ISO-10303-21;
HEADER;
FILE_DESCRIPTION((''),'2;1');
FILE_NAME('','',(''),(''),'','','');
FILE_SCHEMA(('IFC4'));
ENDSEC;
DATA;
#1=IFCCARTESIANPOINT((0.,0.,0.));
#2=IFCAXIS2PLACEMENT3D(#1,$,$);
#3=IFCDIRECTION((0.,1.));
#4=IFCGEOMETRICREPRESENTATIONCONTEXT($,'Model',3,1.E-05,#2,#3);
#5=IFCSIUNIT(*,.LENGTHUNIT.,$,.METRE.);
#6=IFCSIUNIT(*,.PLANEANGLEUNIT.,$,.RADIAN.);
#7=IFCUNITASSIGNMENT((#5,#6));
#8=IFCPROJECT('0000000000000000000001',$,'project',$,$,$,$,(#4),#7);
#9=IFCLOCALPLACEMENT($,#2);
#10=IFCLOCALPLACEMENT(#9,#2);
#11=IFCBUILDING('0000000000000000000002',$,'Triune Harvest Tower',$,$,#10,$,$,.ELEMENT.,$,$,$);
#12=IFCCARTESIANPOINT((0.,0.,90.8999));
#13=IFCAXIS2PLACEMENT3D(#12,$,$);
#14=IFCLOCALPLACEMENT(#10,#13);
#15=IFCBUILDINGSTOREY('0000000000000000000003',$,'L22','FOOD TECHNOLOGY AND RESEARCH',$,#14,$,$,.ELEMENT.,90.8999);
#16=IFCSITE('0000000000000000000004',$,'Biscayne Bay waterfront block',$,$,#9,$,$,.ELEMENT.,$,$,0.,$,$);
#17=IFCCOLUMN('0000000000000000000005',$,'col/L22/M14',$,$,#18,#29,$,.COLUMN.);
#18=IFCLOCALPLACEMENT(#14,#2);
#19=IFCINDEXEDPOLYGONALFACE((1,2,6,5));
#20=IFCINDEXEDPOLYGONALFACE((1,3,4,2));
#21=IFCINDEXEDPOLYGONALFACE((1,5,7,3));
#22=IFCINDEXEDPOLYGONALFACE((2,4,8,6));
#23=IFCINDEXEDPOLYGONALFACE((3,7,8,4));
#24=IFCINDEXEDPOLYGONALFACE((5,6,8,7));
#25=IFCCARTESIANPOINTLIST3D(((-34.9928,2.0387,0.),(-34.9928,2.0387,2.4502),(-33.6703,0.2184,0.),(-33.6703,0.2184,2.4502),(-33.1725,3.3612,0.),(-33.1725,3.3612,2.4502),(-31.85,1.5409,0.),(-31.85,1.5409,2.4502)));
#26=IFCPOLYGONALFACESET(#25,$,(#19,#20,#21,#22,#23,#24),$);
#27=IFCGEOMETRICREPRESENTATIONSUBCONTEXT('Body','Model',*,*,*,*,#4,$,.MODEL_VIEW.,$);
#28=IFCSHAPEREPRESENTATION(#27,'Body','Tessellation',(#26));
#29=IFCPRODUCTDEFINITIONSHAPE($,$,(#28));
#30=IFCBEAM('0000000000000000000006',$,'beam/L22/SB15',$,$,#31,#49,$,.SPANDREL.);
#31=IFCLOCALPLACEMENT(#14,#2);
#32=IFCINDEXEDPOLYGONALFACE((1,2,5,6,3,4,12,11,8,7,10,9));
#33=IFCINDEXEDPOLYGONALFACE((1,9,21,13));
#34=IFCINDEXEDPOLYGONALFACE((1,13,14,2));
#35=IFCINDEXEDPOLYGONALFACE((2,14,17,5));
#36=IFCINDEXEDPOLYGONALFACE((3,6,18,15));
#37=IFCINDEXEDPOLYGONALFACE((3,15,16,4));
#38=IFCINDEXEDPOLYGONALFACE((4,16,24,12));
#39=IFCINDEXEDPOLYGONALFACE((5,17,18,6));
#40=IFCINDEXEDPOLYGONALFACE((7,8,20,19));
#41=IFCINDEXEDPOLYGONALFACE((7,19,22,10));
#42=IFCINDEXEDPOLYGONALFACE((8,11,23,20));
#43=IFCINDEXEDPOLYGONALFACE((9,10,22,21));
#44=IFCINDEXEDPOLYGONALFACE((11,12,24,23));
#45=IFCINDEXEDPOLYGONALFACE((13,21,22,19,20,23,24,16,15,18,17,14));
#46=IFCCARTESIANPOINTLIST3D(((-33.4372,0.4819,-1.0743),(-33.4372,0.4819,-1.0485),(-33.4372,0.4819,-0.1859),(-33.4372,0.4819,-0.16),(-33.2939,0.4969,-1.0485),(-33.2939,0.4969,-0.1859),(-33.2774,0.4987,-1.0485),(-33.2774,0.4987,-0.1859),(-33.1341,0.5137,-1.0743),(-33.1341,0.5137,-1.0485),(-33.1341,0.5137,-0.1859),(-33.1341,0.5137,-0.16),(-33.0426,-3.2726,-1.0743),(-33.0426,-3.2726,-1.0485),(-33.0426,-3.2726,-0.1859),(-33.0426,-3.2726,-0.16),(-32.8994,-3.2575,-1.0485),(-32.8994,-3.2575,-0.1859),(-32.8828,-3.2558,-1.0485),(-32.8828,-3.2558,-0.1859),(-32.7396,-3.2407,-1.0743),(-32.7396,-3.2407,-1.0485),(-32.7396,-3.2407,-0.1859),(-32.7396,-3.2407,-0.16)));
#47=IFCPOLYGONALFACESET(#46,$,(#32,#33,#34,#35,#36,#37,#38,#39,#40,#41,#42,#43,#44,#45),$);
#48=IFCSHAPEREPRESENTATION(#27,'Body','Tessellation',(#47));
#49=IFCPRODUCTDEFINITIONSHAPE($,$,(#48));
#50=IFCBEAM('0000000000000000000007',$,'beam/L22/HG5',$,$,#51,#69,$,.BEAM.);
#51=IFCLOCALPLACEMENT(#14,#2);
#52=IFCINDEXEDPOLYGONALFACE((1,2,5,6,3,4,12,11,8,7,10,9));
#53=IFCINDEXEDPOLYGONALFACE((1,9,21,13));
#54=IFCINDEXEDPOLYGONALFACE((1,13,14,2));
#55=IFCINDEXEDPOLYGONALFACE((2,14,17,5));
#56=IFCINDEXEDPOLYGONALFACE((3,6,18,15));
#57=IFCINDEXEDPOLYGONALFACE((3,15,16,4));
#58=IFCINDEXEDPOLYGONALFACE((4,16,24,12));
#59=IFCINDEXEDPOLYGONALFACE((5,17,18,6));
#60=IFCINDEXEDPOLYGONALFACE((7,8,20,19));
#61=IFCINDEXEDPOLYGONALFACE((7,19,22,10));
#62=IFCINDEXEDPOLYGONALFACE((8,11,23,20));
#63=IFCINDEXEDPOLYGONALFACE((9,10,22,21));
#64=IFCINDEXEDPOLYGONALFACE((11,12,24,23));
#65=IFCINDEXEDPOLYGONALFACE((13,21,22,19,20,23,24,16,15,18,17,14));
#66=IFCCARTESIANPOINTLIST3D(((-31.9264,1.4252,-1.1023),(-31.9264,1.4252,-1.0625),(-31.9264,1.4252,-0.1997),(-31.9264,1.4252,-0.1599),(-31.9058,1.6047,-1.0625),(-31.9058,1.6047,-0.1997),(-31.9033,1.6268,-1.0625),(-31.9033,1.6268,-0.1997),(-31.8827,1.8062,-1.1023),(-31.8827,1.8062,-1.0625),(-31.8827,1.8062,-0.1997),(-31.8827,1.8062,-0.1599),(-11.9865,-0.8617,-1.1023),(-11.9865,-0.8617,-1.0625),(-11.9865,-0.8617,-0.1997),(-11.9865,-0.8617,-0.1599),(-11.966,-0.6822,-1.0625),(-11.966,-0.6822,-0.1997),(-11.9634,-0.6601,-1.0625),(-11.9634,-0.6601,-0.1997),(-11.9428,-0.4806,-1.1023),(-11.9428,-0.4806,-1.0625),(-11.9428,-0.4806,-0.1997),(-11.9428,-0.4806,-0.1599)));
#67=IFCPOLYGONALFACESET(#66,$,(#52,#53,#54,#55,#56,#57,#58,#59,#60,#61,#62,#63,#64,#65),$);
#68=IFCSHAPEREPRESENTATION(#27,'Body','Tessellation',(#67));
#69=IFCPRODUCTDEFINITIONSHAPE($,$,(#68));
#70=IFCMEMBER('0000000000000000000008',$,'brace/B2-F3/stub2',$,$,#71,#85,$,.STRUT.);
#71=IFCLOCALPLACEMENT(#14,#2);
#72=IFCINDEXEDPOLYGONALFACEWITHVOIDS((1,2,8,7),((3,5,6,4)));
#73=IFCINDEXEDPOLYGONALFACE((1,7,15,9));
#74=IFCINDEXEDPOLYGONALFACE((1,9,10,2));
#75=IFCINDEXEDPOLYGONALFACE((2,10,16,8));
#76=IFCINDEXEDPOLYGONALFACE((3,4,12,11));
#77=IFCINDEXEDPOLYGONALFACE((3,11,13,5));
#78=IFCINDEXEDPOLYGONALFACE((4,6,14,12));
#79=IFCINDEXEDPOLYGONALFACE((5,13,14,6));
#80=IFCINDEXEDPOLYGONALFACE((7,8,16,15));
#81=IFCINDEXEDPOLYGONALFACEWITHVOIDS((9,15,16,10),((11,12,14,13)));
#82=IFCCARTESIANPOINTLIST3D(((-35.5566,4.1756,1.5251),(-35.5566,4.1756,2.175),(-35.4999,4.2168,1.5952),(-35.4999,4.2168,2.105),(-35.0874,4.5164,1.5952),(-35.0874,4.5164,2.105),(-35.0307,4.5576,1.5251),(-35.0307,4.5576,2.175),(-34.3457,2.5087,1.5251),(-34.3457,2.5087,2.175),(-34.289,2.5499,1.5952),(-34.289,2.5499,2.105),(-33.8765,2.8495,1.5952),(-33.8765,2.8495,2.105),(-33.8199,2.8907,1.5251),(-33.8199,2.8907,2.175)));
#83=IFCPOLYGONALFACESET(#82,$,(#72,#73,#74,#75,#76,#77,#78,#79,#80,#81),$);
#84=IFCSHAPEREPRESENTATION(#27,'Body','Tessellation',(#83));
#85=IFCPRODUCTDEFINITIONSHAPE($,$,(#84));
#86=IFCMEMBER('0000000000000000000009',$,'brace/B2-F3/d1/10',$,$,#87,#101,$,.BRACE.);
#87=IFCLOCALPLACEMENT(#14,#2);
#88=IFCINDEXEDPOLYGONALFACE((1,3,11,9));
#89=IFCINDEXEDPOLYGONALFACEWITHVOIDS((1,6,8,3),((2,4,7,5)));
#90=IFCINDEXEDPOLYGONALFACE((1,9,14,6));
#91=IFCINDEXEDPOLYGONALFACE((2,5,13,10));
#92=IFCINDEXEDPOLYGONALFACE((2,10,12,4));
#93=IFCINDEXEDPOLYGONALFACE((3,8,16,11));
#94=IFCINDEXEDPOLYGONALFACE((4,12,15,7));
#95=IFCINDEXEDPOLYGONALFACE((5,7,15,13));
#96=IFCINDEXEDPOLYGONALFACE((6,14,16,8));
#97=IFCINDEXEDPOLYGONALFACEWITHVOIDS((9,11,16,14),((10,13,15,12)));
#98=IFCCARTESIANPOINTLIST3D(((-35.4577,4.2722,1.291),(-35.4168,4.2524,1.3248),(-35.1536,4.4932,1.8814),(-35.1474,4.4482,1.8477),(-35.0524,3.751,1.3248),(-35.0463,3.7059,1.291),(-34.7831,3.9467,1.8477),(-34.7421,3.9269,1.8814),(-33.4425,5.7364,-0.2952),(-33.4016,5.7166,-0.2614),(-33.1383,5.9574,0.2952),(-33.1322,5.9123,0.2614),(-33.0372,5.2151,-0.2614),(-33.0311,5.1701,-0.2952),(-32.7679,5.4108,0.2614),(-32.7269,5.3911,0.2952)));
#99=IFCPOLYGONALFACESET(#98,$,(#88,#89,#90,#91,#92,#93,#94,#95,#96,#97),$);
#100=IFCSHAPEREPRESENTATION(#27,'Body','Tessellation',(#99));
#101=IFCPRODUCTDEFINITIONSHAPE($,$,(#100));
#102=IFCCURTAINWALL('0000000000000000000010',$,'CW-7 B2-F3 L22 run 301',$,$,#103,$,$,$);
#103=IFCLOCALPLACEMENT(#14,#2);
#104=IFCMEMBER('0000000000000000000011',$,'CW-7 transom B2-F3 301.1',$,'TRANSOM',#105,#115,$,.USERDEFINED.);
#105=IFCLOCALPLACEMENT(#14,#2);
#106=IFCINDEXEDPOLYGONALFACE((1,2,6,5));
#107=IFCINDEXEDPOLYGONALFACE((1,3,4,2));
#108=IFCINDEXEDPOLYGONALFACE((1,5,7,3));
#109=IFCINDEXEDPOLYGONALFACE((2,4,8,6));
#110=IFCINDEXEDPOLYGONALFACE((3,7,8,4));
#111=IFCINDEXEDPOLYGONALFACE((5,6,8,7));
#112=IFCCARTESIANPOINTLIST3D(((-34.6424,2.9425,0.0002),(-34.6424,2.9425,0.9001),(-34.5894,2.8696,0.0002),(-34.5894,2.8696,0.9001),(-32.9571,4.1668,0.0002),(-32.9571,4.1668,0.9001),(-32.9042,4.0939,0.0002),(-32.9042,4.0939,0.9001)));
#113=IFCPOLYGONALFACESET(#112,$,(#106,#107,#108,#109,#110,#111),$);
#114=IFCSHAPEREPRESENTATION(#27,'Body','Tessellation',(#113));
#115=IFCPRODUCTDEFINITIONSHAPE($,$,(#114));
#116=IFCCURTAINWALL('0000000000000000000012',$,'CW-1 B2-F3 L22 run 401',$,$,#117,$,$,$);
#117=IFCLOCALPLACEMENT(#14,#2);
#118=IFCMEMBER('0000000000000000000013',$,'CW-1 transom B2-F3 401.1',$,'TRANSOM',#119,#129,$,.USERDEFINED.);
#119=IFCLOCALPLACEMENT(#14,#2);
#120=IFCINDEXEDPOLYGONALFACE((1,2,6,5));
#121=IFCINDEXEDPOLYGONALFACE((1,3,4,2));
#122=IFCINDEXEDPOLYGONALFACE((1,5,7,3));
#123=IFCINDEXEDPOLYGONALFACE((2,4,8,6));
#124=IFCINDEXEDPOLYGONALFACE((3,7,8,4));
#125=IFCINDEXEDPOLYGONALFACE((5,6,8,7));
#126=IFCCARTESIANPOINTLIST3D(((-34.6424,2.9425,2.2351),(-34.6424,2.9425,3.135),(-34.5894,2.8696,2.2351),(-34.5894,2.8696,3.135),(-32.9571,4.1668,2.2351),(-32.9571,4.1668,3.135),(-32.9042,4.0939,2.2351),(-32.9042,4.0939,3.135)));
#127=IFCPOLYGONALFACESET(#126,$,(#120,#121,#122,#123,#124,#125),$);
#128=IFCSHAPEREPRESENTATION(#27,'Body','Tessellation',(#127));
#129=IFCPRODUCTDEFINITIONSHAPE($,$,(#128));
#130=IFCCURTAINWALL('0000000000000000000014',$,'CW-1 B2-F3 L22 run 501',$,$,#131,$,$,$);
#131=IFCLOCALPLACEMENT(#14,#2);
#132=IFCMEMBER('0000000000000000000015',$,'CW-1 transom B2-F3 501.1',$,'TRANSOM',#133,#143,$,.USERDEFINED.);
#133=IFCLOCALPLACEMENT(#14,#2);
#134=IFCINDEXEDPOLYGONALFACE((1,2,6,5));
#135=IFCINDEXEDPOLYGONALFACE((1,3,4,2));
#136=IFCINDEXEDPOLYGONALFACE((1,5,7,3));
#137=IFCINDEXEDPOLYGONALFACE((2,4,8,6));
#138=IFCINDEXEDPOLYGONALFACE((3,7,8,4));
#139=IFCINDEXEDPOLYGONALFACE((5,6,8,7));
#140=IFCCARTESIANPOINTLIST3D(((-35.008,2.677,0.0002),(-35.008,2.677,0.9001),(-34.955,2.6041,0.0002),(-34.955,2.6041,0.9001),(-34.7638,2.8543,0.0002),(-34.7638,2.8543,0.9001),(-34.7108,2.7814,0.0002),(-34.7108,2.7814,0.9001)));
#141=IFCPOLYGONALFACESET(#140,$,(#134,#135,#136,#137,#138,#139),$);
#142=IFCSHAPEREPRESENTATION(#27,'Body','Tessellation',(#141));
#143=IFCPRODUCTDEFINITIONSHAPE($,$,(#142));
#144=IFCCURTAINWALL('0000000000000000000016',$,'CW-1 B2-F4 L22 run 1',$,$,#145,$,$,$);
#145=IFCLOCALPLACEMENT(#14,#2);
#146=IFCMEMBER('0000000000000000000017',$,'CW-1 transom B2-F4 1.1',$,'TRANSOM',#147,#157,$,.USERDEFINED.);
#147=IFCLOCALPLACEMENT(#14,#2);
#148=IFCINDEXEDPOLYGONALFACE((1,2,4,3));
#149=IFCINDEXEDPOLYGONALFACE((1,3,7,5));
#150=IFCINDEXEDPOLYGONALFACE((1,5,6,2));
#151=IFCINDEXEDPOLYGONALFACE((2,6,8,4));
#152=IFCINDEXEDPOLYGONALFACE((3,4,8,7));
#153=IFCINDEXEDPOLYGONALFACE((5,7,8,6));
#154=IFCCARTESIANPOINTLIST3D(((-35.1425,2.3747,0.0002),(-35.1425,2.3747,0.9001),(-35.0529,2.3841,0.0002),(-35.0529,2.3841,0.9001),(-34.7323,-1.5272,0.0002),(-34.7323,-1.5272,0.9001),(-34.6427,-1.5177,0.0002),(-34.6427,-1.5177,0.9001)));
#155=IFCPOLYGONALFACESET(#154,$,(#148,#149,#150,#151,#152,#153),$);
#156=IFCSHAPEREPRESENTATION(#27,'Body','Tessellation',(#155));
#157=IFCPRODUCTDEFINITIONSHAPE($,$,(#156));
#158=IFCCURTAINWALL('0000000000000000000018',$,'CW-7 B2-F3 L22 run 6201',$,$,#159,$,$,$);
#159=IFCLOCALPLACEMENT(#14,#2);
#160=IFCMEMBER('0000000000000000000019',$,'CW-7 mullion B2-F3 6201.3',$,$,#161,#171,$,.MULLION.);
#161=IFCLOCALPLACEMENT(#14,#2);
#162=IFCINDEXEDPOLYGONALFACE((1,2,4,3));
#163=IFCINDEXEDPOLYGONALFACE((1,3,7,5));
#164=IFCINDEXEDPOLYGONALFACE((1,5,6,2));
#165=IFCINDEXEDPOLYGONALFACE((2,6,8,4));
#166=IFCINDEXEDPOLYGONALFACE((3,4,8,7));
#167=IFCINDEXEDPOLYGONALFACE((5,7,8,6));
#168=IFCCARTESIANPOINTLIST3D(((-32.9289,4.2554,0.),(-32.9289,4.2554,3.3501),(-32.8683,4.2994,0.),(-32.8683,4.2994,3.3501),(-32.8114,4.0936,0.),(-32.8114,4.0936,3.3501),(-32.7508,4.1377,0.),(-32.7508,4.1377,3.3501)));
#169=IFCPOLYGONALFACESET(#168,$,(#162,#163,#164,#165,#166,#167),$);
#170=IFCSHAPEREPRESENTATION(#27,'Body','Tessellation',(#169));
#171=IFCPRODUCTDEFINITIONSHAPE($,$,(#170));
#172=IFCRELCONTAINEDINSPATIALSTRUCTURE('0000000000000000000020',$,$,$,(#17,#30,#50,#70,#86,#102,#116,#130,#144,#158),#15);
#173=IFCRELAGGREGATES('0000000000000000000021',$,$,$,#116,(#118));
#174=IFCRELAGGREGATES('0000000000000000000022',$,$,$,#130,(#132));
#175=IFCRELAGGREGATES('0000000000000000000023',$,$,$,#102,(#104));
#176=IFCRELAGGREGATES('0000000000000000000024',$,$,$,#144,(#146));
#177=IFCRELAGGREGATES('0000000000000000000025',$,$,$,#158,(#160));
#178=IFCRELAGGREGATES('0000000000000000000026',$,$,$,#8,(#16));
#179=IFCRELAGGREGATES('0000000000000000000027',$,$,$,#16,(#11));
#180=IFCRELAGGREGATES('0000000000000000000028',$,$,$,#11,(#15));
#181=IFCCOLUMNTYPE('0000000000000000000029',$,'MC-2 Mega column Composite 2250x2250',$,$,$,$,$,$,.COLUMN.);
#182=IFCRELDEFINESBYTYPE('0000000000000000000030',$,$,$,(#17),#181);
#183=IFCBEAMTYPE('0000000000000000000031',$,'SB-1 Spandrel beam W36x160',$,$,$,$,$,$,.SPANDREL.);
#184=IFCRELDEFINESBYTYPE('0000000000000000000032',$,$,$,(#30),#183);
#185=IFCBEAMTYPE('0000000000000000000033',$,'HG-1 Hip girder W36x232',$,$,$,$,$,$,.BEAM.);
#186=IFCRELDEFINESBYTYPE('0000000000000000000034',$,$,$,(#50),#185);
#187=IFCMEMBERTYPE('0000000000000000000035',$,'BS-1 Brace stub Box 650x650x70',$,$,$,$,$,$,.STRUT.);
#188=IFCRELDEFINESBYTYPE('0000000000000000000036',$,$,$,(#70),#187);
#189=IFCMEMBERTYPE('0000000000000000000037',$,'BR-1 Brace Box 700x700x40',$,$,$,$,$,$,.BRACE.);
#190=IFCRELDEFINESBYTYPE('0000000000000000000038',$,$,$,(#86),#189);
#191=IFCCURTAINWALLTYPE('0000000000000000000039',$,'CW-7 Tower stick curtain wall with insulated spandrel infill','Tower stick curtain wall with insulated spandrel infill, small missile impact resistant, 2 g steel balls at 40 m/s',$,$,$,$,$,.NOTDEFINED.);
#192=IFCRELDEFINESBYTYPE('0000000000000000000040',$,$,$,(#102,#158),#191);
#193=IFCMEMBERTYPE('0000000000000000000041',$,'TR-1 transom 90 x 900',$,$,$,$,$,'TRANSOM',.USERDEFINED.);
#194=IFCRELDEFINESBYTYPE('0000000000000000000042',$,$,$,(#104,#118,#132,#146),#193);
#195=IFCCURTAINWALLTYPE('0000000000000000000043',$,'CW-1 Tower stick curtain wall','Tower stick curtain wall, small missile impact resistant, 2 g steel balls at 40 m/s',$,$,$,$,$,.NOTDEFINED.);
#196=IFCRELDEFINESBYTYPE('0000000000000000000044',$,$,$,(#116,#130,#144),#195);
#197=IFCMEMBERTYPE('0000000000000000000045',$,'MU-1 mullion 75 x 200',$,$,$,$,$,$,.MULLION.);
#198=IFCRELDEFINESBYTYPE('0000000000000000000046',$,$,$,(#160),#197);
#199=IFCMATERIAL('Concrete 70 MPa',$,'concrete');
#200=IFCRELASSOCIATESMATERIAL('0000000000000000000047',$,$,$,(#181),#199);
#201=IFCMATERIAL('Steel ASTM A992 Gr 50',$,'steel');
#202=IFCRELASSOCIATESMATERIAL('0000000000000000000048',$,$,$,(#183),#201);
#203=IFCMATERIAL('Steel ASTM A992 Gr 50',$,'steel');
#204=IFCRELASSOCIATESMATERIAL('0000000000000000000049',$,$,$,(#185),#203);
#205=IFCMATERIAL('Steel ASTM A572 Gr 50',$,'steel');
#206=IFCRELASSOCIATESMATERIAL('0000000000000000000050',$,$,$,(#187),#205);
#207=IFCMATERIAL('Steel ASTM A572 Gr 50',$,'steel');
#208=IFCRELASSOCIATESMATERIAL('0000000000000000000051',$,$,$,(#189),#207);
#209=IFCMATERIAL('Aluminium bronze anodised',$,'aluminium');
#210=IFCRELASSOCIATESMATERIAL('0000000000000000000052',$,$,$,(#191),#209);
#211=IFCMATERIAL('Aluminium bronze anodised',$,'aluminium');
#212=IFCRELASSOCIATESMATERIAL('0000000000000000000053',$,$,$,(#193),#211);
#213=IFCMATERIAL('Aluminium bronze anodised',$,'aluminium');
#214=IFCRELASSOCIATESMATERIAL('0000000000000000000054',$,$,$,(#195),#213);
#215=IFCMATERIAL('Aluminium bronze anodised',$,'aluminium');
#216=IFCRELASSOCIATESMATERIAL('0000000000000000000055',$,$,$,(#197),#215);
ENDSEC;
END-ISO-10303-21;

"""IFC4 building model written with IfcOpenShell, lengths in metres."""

from ifc_helpers import new_model, si_unit, direction, frame, origin, origin_2d, place, context, subcontext, project, spatial, rectangle, hollow_rectangle, i_section, extrude, source, transform, mapped, material, material_profile, profile_set, type_object, element, aggregate, save


model = new_model("IFC4")

# Units and contexts
model_context = context("Model", 3, precision=1e-05, world=origin(), true_north=direction((0.0, 1.0)))
body_context = subcontext(model_context, "Body", "Model", "MODEL_VIEW")
ifc_project = project(units=[si_unit("LENGTHUNIT", "METRE"), si_unit("PLANEANGLEUNIT", "RADIAN")], contexts=[model_context])

# Site, building, storey
site_placement = place(None, origin())
site = spatial("IfcSite", under=ifc_project, at=site_placement, Name="Biscayne Bay waterfront block", CompositionType="ELEMENT", RefElevation=0.0)
building_placement = place(site_placement, origin())
building = spatial("IfcBuilding", under=site, at=building_placement, Name="Triune Harvest Tower", CompositionType="ELEMENT")
storey_placement = place(building_placement, frame((0.0, 0.0, 90.8999)))
storey = spatial("IfcBuildingStorey", under=building, at=storey_placement, Name="L22", Description="FOOD TECHNOLOGY AND RESEARCH", CompositionType="ELEMENT", Elevation=90.8999)

# Column
ifc_material_1 = material(Name="Concrete 70 MPa", Category="concrete")
ifc_material_profile_1 = material_profile(ifc_material_1, rectangle(XDim=2.25, YDim=2.25, at=origin_2d()), Name="Composite 2250x2250")
ifc_profile_set_1 = profile_set([ifc_material_profile_1], Name="Concrete 70 MPa")
column_type = type_object("IfcColumnType", Name="MC-2 Mega column Composite 2250x2250", PredefinedType="COLUMN", material=ifc_profile_set_1)
shared_shape_1 = source(origin(), body_context, "Body", "SweptSolid", [
    extrude(rectangle(XDim=2.25, YDim=2.25, at=origin_2d()), origin(), (0.0, 0.0, 1.0), 2.4502),
])
column_placement = place(storey_placement, frame((-33.4214, 1.7898, 0.0), z_axis=(0.0, 0.0, 1.0), x_axis=(-0.809017, -0.587785, 0.0)))
element("IfcColumn", 1, at=column_placement, inside=storey, type_object=column_type, Name="col/L22/M14", PredefinedType="COLUMN", context=body_context, shape_type="MappedRepresentation", body=[
    mapped(shared_shape_1, transform((0.0, 0.0, 0.0), scale=1.0)),
])

# Beams
ifc_material_2 = material(Name="Steel ASTM A992 Gr 50", Category="steel")
ifc_material_profile_2 = material_profile(ifc_material_2, i_section(OverallWidth=0.3047, OverallDepth=0.9143, WebThickness=0.0166, FlangeThickness=0.0259, at=origin_2d()), Name="W36x160")
ifc_profile_set_2 = profile_set([ifc_material_profile_2], Name="Steel ASTM A992 Gr 50")
beam_type_1 = type_object("IfcBeamType", Name="SB-1 Spandrel beam W36x160", PredefinedType="SPANDREL", material=ifc_profile_set_2)
shared_shape_2 = source(origin(), body_context, "Body", "SweptSolid", [
    extrude(i_section(OverallWidth=0.3047, OverallDepth=0.9143, WebThickness=0.0166, FlangeThickness=0.0259, at=origin_2d()), origin(), (0.0, 0.0, 1.0), 3.7751),
])
beam_1_placement = place(storey_placement, frame((-33.2856, 0.4978, -0.6172), z_axis=(0.10451, -0.994524, 0.0), x_axis=(0.994524, 0.10451, 0.0)))
element("IfcBeam", 2, at=beam_1_placement, inside=storey, type_object=beam_type_1, Name="beam/L22/SB15", PredefinedType="SPANDREL", context=body_context, shape_type="MappedRepresentation", body=[
    mapped(shared_shape_2, transform((0.0, 0.0, 0.0), scale=1.0)),
])
ifc_material_3 = material(Name="Steel ASTM A992 Gr 50", Category="steel")
ifc_material_profile_3 = material_profile(ifc_material_3, i_section(OverallWidth=0.3835, OverallDepth=0.9424, WebThickness=0.0222, FlangeThickness=0.0398, at=origin_2d()), Name="W36x232")
ifc_profile_set_3 = profile_set([ifc_material_profile_3], Name="Steel ASTM A992 Gr 50")
beam_type_2 = type_object("IfcBeamType", Name="HG-1 Hip girder W36x232", PredefinedType="BEAM", material=ifc_profile_set_3)
shared_shape_3 = source(origin(), body_context, "Body", "SweptSolid", [
    extrude(i_section(OverallWidth=0.3835, OverallDepth=0.9424, WebThickness=0.0222, FlangeThickness=0.0398, at=origin_2d()), origin(), (0.0, 0.0, 1.0), 20.0706),
])
beam_2_placement = place(storey_placement, frame((-31.9045, 1.6157, -0.6311), z_axis=(0.993488, -0.113941, 0.0), x_axis=(0.113941, 0.993488, 0.0)))
element("IfcBeam", 3, at=beam_2_placement, inside=storey, type_object=beam_type_2, Name="beam/L22/HG5", PredefinedType="BEAM", context=body_context, shape_type="MappedRepresentation", body=[
    mapped(shared_shape_3, transform((0.0, 0.0, 0.0), scale=1.0)),
])

# Members
ifc_material_4 = material(Name="Steel ASTM A572 Gr 50", Category="steel")
ifc_material_profile_4 = material_profile(ifc_material_4, hollow_rectangle(XDim=0.6499, YDim=0.6499, WallThickness=0.0701, at=origin_2d()), Name="Box 650x650x70")
ifc_profile_set_4 = profile_set([ifc_material_profile_4], Name="Steel ASTM A572 Gr 50")
member_type_1 = type_object("IfcMemberType", Name="BS-1 Brace stub Box 650x650x70", PredefinedType="STRUT", material=ifc_profile_set_4)
shared_shape_4 = source(origin(), body_context, "Body", "SweptSolid", [
    extrude(hollow_rectangle(XDim=0.6499, YDim=0.6499, WallThickness=0.0701, at=origin_2d()), origin(), (0.0, 0.0, 1.0), 2.0603),
])
member_1_placement = place(storey_placement, frame((-34.0828, 2.6997, 1.8501), z_axis=(-0.587721, 0.809064, 0.0), x_axis=(-0.809064, -0.587721, 0.0)))
element("IfcMember", 4, at=member_1_placement, inside=storey, type_object=member_type_1, Name="brace/B2-F3/stub2", PredefinedType="STRUT", context=body_context, shape_type="MappedRepresentation", body=[
    mapped(shared_shape_4, transform((0.0, 0.0, 0.0), scale=1.0)),
])
ifc_material_5 = material(Name="Steel ASTM A572 Gr 50", Category="steel")
ifc_material_profile_5 = material_profile(ifc_material_5, hollow_rectangle(XDim=0.7, YDim=0.7, WallThickness=0.04, at=origin_2d()), Name="Box 700x700x40")
ifc_profile_set_5 = profile_set([ifc_material_profile_5], Name="Steel ASTM A572 Gr 50")
member_type_2 = type_object("IfcMemberType", Name="BR-1 Brace Box 700x700x40", PredefinedType="BRACE", material=ifc_profile_set_5)
shared_shape_5 = source(origin(), body_context, "Body", "SweptSolid", [
    extrude(hollow_rectangle(XDim=0.7, YDim=0.7, WallThickness=0.04, at=origin_2d()), origin(), (0.0, 0.0, 1.0), 2.9531),
])
member_2_placement = place(storey_placement, frame((-33.0847, 5.5637, 0.0), z_axis=(-0.682397, -0.4958, 0.537137), x_axis=(0.587793, -0.809011, 0.0)))
element("IfcMember", 5, at=member_2_placement, inside=storey, type_object=member_type_2, Name="brace/B2-F3/d1/10", PredefinedType="BRACE", context=body_context, shape_type="MappedRepresentation", body=[
    mapped(shared_shape_5, transform((0.0, 0.0, 0.0), scale=1.0)),
])

# Curtain walls, members
ifc_material_6 = material(Name="Aluminium bronze anodised", Category="aluminium")
curtain_wall_type_1 = type_object("IfcCurtainWallType", Name="CW-7 Tower stick curtain wall with insulated spandrel infill", Description="Tower stick curtain wall with insulated spandrel infill, small missile impact resistant, 2 g steel balls at 40 m/s", PredefinedType="NOTDEFINED", material=ifc_material_6)
curtain_wall_1_placement = place(storey_placement, origin())
curtain_wall_1 = element("IfcCurtainWall", 6, at=curtain_wall_1_placement, inside=storey, type_object=curtain_wall_type_1, Name="CW-7 B2-F3 L22 run 301")
ifc_material_7 = material(Name="Aluminium bronze anodised", Category="aluminium")
ifc_material_profile_6 = material_profile(ifc_material_7, rectangle(XDim=0.0901, YDim=0.8999, at=origin_2d()), Name="TR-1 transom 90 x 900")
ifc_profile_set_6 = profile_set([ifc_material_profile_6], Name="Aluminium bronze anodised")
member_type_3 = type_object("IfcMemberType", Name="TR-1 transom 90 x 900", ElementType="TRANSOM", PredefinedType="USERDEFINED", material=ifc_profile_set_6)
shared_shape_6 = source(origin(), body_context, "Body", "SweptSolid", [
    extrude(rectangle(XDim=0.0901, YDim=0.8999, at=origin_2d()), origin(), (0.0, 0.0, 1.0), 2.083),
])
member_3_placement = place(storey_placement, frame((-32.9307, 4.1304, 0.4502), z_axis=(-0.809035, -0.58776, 0.0), x_axis=(0.58776, -0.809035, 0.0)))
member_3 = element("IfcMember", 7, at=member_3_placement, type_object=member_type_3, Name="CW-7 transom B2-F3 301.1", ObjectType="TRANSOM", PredefinedType="USERDEFINED", context=body_context, shape_type="MappedRepresentation", body=[
    mapped(shared_shape_6, transform((0.0, 0.0, 0.0), scale=1.0)),
])
ifc_material_8 = material(Name="Aluminium bronze anodised", Category="aluminium")
curtain_wall_type_2 = type_object("IfcCurtainWallType", Name="CW-1 Tower stick curtain wall", Description="Tower stick curtain wall, small missile impact resistant, 2 g steel balls at 40 m/s", PredefinedType="NOTDEFINED", material=ifc_material_8)
curtain_wall_2_placement = place(storey_placement, origin())
curtain_wall_2 = element("IfcCurtainWall", 8, at=curtain_wall_2_placement, inside=storey, type_object=curtain_wall_type_2, Name="CW-1 B2-F3 L22 run 401")
member_4_placement = place(storey_placement, frame((-32.9307, 4.1304, 2.6851), z_axis=(-0.809035, -0.58776, 0.0), x_axis=(0.58776, -0.809035, 0.0)))
member_4 = element("IfcMember", 9, at=member_4_placement, type_object=member_type_3, Name="CW-1 transom B2-F3 401.1", ObjectType="TRANSOM", PredefinedType="USERDEFINED", context=body_context, shape_type="MappedRepresentation", body=[
    mapped(shared_shape_6, transform((0.0, 0.0, 0.0), scale=1.0)),
])
curtain_wall_3_placement = place(storey_placement, origin())
curtain_wall_3 = element("IfcCurtainWall", 10, at=curtain_wall_3_placement, inside=storey, type_object=curtain_wall_type_2, Name="CW-1 B2-F3 L22 run 501")
shared_shape_7 = source(origin(), body_context, "Body", "SweptSolid", [
    extrude(rectangle(XDim=0.0901, YDim=0.8999, at=origin_2d()), origin(), (0.0, 0.0, 1.0), 0.3018),
])
member_5_placement = place(storey_placement, frame((-34.7373, 2.8179, 0.4502), z_axis=(-0.809226, -0.587498, 0.0), x_axis=(0.587498, -0.809226, 0.0)))
member_5 = element("IfcMember", 11, at=member_5_placement, type_object=member_type_3, Name="CW-1 transom B2-F3 501.1", ObjectType="TRANSOM", PredefinedType="USERDEFINED", context=body_context, shape_type="MappedRepresentation", body=[
    mapped(shared_shape_7, transform((0.0, 0.0, 0.0), scale=1.0)),
])
curtain_wall_4_placement = place(storey_placement, origin())
curtain_wall_4 = element("IfcCurtainWall", 12, at=curtain_wall_4_placement, inside=storey, type_object=curtain_wall_type_2, Name="CW-1 B2-F4 L22 run 1")
shared_shape_8 = source(origin(), body_context, "Body", "SweptSolid", [
    extrude(rectangle(XDim=0.0901, YDim=0.8999, at=origin_2d()), origin(), (0.0, 0.0, 1.0), 3.9233),
])
member_6_placement = place(storey_placement, frame((-35.0977, 2.3794, 0.4502), z_axis=(0.104542, -0.99452, 0.0), x_axis=(0.99452, 0.104542, 0.0)))
member_6 = element("IfcMember", 13, at=member_6_placement, type_object=member_type_3, Name="CW-1 transom B2-F4 1.1", ObjectType="TRANSOM", PredefinedType="USERDEFINED", context=body_context, shape_type="MappedRepresentation", body=[
    mapped(shared_shape_8, transform((0.0, 0.0, 0.0), scale=1.0)),
])
curtain_wall_5_placement = place(storey_placement, origin())
curtain_wall_5 = element("IfcCurtainWall", 14, at=curtain_wall_5_placement, inside=storey, type_object=curtain_wall_type_1, Name="CW-7 B2-F3 L22 run 6201")
ifc_material_9 = material(Name="Aluminium bronze anodised", Category="aluminium")
ifc_material_profile_7 = material_profile(ifc_material_9, rectangle(XDim=0.2, YDim=0.075, at=origin_2d()), Name="MU-1 mullion 75 x 200")
ifc_profile_set_7 = profile_set([ifc_material_profile_7], Name="Aluminium bronze anodised")
member_type_4 = type_object("IfcMemberType", Name="MU-1 mullion 75 x 200", PredefinedType="MULLION", material=ifc_profile_set_7)
shared_shape_9 = source(origin(), body_context, "Body", "SweptSolid", [
    extrude(rectangle(XDim=0.2, YDim=0.075, at=origin_2d()), origin(), (0.0, 0.0, 1.0), 3.3501),
])
member_7_placement = place(storey_placement, frame((-32.8398, 4.1965, 0.0), z_axis=(0.0, 0.0, 1.0), x_axis=(0.587787, -0.809016, 0.0)))
member_7 = element("IfcMember", 15, at=member_7_placement, type_object=member_type_4, Name="CW-7 mullion B2-F3 6201.3", PredefinedType="MULLION", context=body_context, shape_type="MappedRepresentation", body=[
    mapped(shared_shape_9, transform((0.0, 0.0, 0.0), scale=1.0)),
])

aggregate(curtain_wall_2, [member_4])
aggregate(curtain_wall_3, [member_5])
aggregate(curtain_wall_1, [member_3])
aggregate(curtain_wall_4, [member_6])
aggregate(curtain_wall_5, [member_7])

save(model, "model.ifc")
